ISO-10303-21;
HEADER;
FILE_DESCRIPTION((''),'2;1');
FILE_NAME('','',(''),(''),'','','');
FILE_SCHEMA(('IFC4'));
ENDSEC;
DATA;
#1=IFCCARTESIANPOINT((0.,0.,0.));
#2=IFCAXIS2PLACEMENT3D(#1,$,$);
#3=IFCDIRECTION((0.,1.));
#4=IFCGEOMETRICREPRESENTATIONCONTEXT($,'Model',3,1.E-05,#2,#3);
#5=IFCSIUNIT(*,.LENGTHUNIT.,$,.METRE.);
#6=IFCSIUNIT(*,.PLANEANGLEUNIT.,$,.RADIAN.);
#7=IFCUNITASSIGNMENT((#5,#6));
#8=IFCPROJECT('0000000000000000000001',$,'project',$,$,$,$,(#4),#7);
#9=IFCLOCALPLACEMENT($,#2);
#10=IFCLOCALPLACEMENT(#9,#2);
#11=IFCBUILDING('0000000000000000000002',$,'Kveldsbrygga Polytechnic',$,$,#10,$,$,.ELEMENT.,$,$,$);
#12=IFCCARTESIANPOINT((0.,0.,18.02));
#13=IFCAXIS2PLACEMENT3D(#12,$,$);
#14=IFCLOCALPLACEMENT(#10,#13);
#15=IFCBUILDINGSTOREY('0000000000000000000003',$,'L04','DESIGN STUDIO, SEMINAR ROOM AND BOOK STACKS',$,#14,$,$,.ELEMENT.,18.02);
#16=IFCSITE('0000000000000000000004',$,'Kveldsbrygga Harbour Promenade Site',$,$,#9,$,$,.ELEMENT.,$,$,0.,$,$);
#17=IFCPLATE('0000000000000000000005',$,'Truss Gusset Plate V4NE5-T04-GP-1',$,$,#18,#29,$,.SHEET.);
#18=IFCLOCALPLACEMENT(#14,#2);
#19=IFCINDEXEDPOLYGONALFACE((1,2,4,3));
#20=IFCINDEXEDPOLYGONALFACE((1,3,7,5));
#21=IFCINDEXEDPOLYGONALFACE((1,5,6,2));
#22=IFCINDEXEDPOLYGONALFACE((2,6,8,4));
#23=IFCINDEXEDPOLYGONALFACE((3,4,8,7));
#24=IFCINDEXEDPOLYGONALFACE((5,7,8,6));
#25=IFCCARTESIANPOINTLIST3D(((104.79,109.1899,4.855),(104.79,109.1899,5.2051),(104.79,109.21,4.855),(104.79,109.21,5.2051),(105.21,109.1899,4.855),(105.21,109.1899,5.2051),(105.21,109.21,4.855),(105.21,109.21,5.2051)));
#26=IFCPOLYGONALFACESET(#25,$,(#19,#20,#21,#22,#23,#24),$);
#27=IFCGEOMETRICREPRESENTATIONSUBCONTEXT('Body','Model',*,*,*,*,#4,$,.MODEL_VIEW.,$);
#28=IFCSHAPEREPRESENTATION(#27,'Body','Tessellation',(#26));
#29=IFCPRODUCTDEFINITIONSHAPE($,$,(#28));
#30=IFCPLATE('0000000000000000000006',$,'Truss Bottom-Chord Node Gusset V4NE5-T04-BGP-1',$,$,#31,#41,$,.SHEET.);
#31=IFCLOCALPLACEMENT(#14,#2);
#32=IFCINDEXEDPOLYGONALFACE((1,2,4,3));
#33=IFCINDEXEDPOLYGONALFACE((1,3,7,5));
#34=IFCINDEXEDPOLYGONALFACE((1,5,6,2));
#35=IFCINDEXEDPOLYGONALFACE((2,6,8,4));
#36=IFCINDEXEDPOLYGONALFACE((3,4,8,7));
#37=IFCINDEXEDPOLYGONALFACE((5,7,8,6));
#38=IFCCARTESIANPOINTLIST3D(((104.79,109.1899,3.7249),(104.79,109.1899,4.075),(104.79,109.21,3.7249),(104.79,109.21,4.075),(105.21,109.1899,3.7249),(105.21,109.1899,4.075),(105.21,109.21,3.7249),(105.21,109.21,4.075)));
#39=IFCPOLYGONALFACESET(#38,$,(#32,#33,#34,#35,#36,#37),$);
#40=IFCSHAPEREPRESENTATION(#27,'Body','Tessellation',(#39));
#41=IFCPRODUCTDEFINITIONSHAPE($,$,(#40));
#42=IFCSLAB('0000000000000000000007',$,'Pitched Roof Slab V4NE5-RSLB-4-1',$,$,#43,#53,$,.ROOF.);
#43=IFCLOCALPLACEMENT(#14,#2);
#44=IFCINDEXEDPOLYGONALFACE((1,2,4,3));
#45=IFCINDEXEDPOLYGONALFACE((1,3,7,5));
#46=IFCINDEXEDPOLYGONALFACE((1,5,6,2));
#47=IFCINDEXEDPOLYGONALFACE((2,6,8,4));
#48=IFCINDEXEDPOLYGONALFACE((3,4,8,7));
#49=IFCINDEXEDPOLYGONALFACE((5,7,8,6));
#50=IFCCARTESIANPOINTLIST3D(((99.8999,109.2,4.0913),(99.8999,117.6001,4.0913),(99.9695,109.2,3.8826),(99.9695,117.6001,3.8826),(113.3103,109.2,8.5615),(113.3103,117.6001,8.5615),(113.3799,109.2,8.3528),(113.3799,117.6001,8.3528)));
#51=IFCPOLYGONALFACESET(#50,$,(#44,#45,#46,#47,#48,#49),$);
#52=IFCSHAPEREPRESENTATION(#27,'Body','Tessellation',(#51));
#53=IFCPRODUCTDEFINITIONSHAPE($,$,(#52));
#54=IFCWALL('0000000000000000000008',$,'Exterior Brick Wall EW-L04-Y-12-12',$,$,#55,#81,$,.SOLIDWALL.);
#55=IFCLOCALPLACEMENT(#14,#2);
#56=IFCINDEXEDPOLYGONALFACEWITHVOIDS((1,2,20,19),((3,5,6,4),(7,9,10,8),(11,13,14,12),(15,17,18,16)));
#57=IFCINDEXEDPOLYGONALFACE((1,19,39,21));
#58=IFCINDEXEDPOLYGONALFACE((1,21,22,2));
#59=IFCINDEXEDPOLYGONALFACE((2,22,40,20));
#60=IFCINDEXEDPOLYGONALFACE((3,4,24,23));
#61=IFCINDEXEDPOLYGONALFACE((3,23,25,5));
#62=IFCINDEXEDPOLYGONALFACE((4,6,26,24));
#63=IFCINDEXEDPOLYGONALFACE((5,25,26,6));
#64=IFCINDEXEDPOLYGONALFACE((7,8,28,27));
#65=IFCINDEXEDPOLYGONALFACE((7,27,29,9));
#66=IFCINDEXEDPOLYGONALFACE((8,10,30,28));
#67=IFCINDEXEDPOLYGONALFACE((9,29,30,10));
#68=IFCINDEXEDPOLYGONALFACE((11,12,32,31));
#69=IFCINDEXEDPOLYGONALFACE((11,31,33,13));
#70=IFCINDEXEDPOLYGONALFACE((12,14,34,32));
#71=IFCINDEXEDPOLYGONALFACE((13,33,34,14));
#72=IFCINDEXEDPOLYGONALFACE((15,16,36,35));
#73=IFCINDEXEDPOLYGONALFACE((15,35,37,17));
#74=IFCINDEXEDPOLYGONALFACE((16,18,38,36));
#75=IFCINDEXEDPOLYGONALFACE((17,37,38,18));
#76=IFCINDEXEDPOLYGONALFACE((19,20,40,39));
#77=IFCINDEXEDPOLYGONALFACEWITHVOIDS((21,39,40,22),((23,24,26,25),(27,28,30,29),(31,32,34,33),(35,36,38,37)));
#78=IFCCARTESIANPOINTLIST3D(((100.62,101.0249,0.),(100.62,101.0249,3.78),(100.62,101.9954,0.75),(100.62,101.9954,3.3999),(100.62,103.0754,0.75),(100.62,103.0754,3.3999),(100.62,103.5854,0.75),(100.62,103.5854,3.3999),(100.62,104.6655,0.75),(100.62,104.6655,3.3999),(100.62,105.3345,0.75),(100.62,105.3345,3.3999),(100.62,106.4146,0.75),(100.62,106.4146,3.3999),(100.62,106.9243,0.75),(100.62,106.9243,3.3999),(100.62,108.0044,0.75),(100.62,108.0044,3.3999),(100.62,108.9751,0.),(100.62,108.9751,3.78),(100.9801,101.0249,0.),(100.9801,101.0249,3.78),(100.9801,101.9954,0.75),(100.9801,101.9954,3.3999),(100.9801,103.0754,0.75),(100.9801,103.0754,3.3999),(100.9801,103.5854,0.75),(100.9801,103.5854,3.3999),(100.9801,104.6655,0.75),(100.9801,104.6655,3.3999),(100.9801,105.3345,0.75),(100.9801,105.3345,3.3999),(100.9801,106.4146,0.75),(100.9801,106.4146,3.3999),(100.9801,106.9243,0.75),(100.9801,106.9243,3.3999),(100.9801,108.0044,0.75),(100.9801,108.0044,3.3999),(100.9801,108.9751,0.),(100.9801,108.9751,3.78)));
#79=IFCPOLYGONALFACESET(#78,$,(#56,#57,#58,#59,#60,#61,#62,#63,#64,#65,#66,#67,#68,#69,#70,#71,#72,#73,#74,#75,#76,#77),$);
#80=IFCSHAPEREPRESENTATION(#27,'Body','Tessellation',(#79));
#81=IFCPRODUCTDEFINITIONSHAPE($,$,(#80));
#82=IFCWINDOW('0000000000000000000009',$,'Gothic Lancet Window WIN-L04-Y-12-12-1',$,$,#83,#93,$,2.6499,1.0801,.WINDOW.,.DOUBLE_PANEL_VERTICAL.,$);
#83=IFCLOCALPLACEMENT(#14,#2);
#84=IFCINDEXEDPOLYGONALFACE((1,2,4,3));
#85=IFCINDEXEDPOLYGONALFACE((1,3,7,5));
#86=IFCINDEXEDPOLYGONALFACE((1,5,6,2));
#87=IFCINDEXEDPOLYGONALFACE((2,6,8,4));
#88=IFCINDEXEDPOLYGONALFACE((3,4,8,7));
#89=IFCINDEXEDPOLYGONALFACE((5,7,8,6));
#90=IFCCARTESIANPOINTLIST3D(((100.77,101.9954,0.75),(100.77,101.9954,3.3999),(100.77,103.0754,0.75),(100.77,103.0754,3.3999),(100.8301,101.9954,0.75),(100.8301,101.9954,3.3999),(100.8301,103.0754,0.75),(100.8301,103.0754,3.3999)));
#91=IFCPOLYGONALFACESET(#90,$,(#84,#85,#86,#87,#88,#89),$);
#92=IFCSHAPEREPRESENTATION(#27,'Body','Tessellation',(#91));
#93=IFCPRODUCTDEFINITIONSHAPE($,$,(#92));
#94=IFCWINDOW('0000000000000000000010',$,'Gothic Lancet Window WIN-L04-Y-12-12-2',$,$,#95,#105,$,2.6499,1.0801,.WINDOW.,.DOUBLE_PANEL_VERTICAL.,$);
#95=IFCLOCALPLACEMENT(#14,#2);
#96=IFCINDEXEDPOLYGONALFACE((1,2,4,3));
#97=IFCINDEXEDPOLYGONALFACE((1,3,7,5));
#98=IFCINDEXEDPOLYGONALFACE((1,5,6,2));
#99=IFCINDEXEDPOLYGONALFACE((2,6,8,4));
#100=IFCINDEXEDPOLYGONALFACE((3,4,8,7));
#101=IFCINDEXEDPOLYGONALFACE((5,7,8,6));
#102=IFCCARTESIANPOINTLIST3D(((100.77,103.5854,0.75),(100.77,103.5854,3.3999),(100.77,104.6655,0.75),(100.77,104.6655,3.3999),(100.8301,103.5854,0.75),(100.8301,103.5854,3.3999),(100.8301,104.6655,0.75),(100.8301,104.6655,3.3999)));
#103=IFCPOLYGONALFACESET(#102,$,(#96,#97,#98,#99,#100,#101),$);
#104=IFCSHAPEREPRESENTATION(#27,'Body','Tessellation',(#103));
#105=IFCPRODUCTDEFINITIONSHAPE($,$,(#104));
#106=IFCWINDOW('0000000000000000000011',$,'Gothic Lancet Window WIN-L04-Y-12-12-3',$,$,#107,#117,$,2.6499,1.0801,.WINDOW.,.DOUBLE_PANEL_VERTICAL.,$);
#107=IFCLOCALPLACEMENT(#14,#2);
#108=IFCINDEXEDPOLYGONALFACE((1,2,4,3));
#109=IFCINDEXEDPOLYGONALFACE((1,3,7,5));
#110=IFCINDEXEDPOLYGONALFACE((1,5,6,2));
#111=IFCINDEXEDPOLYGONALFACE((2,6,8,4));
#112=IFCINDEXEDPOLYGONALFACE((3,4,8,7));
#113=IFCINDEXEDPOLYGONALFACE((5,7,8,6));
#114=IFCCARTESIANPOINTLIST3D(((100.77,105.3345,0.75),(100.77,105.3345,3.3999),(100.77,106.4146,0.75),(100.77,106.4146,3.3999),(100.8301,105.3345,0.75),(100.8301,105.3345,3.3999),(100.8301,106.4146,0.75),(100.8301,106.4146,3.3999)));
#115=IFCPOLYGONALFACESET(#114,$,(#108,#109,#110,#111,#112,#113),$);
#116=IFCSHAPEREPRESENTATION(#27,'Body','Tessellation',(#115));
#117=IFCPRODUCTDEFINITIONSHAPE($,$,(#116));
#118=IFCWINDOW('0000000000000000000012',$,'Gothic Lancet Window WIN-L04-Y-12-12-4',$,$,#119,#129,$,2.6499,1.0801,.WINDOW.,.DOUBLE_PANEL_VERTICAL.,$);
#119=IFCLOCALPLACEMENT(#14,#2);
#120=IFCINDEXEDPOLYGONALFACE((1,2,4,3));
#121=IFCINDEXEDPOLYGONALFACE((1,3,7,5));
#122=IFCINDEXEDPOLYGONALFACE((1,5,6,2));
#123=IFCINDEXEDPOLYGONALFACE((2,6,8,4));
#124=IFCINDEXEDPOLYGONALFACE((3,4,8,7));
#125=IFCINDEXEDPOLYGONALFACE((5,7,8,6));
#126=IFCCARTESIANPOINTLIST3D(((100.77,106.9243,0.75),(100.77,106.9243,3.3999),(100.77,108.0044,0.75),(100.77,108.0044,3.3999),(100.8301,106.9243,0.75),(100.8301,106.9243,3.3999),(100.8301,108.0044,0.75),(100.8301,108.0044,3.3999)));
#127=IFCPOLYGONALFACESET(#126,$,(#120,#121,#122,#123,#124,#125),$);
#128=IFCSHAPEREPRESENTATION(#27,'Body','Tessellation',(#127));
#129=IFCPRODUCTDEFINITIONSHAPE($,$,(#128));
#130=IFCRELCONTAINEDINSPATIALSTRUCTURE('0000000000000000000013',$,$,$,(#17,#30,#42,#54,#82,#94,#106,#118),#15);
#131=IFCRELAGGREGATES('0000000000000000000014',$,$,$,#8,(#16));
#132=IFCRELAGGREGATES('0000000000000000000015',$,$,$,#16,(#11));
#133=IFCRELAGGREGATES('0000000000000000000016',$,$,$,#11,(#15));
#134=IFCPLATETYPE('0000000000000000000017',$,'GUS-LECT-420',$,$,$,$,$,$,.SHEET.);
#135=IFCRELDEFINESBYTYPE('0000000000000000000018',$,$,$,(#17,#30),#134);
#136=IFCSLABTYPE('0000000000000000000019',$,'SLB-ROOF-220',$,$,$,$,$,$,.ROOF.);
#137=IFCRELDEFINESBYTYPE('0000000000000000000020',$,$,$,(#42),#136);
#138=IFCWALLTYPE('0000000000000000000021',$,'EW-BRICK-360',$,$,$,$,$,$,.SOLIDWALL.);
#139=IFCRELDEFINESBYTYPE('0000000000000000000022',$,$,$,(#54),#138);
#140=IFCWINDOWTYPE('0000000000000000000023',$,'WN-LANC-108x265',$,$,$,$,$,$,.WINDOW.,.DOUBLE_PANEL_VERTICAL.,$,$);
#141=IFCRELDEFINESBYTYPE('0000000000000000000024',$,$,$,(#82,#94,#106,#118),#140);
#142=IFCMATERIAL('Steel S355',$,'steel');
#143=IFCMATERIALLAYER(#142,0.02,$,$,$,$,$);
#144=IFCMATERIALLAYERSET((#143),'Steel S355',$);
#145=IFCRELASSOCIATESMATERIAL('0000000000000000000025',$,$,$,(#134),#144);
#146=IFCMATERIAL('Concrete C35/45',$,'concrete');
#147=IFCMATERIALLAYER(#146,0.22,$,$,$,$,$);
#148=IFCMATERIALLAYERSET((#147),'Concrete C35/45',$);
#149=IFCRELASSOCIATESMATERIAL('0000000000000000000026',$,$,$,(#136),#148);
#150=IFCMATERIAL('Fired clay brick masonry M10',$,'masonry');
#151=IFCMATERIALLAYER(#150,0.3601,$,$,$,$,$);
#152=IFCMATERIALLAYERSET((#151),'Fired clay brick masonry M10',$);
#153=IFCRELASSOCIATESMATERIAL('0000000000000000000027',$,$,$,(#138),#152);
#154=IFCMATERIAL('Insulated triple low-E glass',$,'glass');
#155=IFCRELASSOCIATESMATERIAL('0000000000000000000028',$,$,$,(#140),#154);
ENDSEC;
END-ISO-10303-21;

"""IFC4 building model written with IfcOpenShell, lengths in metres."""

from ifc_helpers import new_model, si_unit, direction, frame, frame_2d, origin, origin_2d, place, context, subcontext, project, spatial, polyline, rectangle, outline, extrude, material, layer, layer_set, type_object, element, fill, save


model = new_model("IFC4")

# Units and contexts
model_context = context("Model", 3, precision=1e-05, world=origin(), true_north=direction((0.0, 1.0)))
body_context = subcontext(model_context, "Body", "Model", "MODEL_VIEW")
ifc_project = project(units=[si_unit("LENGTHUNIT", "METRE"), si_unit("PLANEANGLEUNIT", "RADIAN")], contexts=[model_context])

# Site, building, storey
site_placement = place(None, origin())
site = spatial("IfcSite", under=ifc_project, at=site_placement, Name="Kveldsbrygga Harbour Promenade Site", CompositionType="ELEMENT", RefElevation=0.0)
building_placement = place(site_placement, origin())
building = spatial("IfcBuilding", under=site, at=building_placement, Name="Kveldsbrygga Polytechnic", CompositionType="ELEMENT")
storey_placement = place(building_placement, frame((0.0, 0.0, 18.02)))
storey = spatial("IfcBuildingStorey", under=building, at=storey_placement, Name="L04", Description="DESIGN STUDIO, SEMINAR ROOM AND BOOK STACKS", CompositionType="ELEMENT", Elevation=18.02)

# Shared definitions
ifc_material_1 = material(Name="Steel S355", Category="steel")

# Plates
ifc_layer_1 = layer(ifc_material_1, 0.02)
ifc_layer_set_1 = layer_set([ifc_layer_1], Name="Steel S355")
plate_type_1 = type_object("IfcPlateType", Name="GUS-LECT-420", PredefinedType="SHEET", material=ifc_layer_set_1)
for number, where, z_axis, x_axis, name in (
    (1, (105.0, 109.2, 4.855), (0.0, 0.0, 1.0), (1.0, 0.0, 0.0), "Truss Gusset Plate V4NE5-T04-GP-1"),
    (2, (105.0, 109.2, 3.7249), (0.0, 0.0, 1.0), (1.0, 0.0, 0.0), "Truss Bottom-Chord Node Gusset V4NE5-T04-BGP-1"),
):
    element("IfcPlate", number, at=place(storey_placement, frame(where, z_axis=z_axis, x_axis=x_axis)), inside=storey, type_object=plate_type_1, Name=name, PredefinedType="SHEET", context=body_context, shape_type="SweptSolid", body=[
        extrude(rectangle(XDim=0.4199, YDim=0.02, at=origin_2d()), origin(), (0.0, 0.0, 1.0), 0.3501),
    ])

# Slab
ifc_material_2 = material(Name="Concrete C35/45", Category="concrete")
ifc_layer_2 = layer(ifc_material_2, 0.22)
ifc_layer_set_2 = layer_set([ifc_layer_2], Name="Concrete C35/45")
slab_type = type_object("IfcSlabType", Name="SLB-ROOF-220", PredefinedType="ROOF", material=ifc_layer_set_2)
slab_placement = place(storey_placement, frame((99.8999, 109.2, 4.0913), z_axis=(-0.316233, 0.0, 0.948682), x_axis=(0.948682, 0.0, 0.316233)))
element("IfcSlab", 3, at=slab_placement, inside=storey, type_object=slab_type, Name="Pitched Roof Slab V4NE5-RSLB-4-1", PredefinedType="ROOF", context=body_context, shape_type="SweptSolid", body=[
    extrude(outline(polyline([(0.0, 0.0), (14.1358, 0.0), (14.1358, 8.4001), (0.0, 8.4001), (0.0, 0.0)])), origin(), (0.0, 0.0, -1.0), 0.22),
])

# Wall, openings, windows
ifc_material_3 = material(Name="Fired clay brick masonry M10", Category="masonry")
ifc_layer_3 = layer(ifc_material_3, 0.3601)
ifc_layer_set_3 = layer_set([ifc_layer_3], Name="Fired clay brick masonry M10")
wall_type = type_object("IfcWallType", Name="EW-BRICK-360", PredefinedType="SOLIDWALL", material=ifc_layer_set_3)
wall_placement = place(storey_placement, frame((100.8, 101.0249, 0.0), z_axis=(0.0, 0.0, 1.0), x_axis=(0.0, 1.0, 0.0)))
wall = element("IfcWall", 4, at=wall_placement, inside=storey, type_object=wall_type, Name="Exterior Brick Wall EW-L04-Y-12-12", PredefinedType="SOLIDWALL", context=body_context, shape_type="SweptSolid", body=[
    extrude(rectangle(XDim=7.9502, YDim=0.3601, at=frame_2d((3.9751, 0.0))), origin(), (0.0, 0.0, 1.0), 3.78),
])
opening_1_placement = place(wall_placement, frame((0.9705, 0.0, 0.75)))
opening_1 = element("IfcOpeningElement", 5, at=opening_1_placement, cuts=wall, PredefinedType="OPENING", context=body_context, shape_type="SweptSolid", body=[
    extrude(rectangle(XDim=1.0801, YDim=2.6499, at=frame_2d((0.54, 1.325))), frame((0.0, 0.1899, 0.0), z_axis=(0.0, -1.0, 0.0), x_axis=(1.0, 0.0, 0.0)), (0.0, 0.0, 1.0), 0.3801),
])
opening_2_placement = place(wall_placement, frame((2.5605, 0.0, 0.75)))
opening_2 = element("IfcOpeningElement", 6, at=opening_2_placement, cuts=wall, PredefinedType="OPENING", context=body_context, shape_type="SweptSolid", body=[
    extrude(rectangle(XDim=1.0801, YDim=2.6499, at=frame_2d((0.54, 1.325))), frame((0.0, 0.1899, 0.0), z_axis=(0.0, -1.0, 0.0), x_axis=(1.0, 0.0, 0.0)), (0.0, 0.0, 1.0), 0.3801),
])
opening_3_placement = place(wall_placement, frame((4.3096, 0.0, 0.75)))
opening_3 = element("IfcOpeningElement", 7, at=opening_3_placement, cuts=wall, PredefinedType="OPENING", context=body_context, shape_type="SweptSolid", body=[
    extrude(rectangle(XDim=1.0801, YDim=2.6499, at=frame_2d((0.54, 1.325))), frame((0.0, 0.1899, 0.0), z_axis=(0.0, -1.0, 0.0), x_axis=(1.0, 0.0, 0.0)), (0.0, 0.0, 1.0), 0.3801),
])
opening_4_placement = place(wall_placement, frame((5.8994, 0.0, 0.75)))
opening_4 = element("IfcOpeningElement", 8, at=opening_4_placement, cuts=wall, PredefinedType="OPENING", context=body_context, shape_type="SweptSolid", body=[
    extrude(rectangle(XDim=1.0801, YDim=2.6499, at=frame_2d((0.54, 1.325))), frame((0.0, 0.1899, 0.0), z_axis=(0.0, -1.0, 0.0), x_axis=(1.0, 0.0, 0.0)), (0.0, 0.0, 1.0), 0.3801),
])
ifc_material_4 = material(Name="Insulated triple low-E glass", Category="glass")
window_type = type_object("IfcWindowType", Name="WN-LANC-108x265", PartitioningType="DOUBLE_PANEL_VERTICAL", PredefinedType="WINDOW", material=ifc_material_4)
window_1_placement = place(opening_1_placement, origin())
window_1 = element("IfcWindow", 9, at=window_1_placement, inside=storey, type_object=window_type, Name="Gothic Lancet Window WIN-L04-Y-12-12-1", OverallHeight=2.6499, OverallWidth=1.0801, PartitioningType="DOUBLE_PANEL_VERTICAL", PredefinedType="WINDOW", context=body_context, shape_type="SweptSolid", body=[
    extrude(rectangle(XDim=1.0801, YDim=2.6499, at=frame_2d((0.54, 1.325))), frame((0.0, 0.03, 0.0), z_axis=(0.0, -1.0, 0.0), x_axis=(1.0, 0.0, 0.0)), (0.0, 0.0, 1.0), 0.0601),
])
fill(opening_1, window_1)
window_2_placement = place(opening_2_placement, origin())
window_2 = element("IfcWindow", 10, at=window_2_placement, inside=storey, type_object=window_type, Name="Gothic Lancet Window WIN-L04-Y-12-12-2", OverallHeight=2.6499, OverallWidth=1.0801, PartitioningType="DOUBLE_PANEL_VERTICAL", PredefinedType="WINDOW", context=body_context, shape_type="SweptSolid", body=[
    extrude(rectangle(XDim=1.0801, YDim=2.6499, at=frame_2d((0.54, 1.325))), frame((0.0, 0.03, 0.0), z_axis=(0.0, -1.0, 0.0), x_axis=(1.0, 0.0, 0.0)), (0.0, 0.0, 1.0), 0.0601),
])
fill(opening_2, window_2)
window_3_placement = place(opening_3_placement, origin())
window_3 = element("IfcWindow", 11, at=window_3_placement, inside=storey, type_object=window_type, Name="Gothic Lancet Window WIN-L04-Y-12-12-3", OverallHeight=2.6499, OverallWidth=1.0801, PartitioningType="DOUBLE_PANEL_VERTICAL", PredefinedType="WINDOW", context=body_context, shape_type="SweptSolid", body=[
    extrude(rectangle(XDim=1.0801, YDim=2.6499, at=frame_2d((0.54, 1.325))), frame((0.0, 0.03, 0.0), z_axis=(0.0, -1.0, 0.0), x_axis=(1.0, 0.0, 0.0)), (0.0, 0.0, 1.0), 0.0601),
])
fill(opening_3, window_3)
window_4_placement = place(opening_4_placement, origin())
window_4 = element("IfcWindow", 12, at=window_4_placement, inside=storey, type_object=window_type, Name="Gothic Lancet Window WIN-L04-Y-12-12-4", OverallHeight=2.6499, OverallWidth=1.0801, PartitioningType="DOUBLE_PANEL_VERTICAL", PredefinedType="WINDOW", context=body_context, shape_type="SweptSolid", body=[
    extrude(rectangle(XDim=1.0801, YDim=2.6499, at=frame_2d((0.54, 1.325))), frame((0.0, 0.03, 0.0), z_axis=(0.0, -1.0, 0.0), x_axis=(1.0, 0.0, 0.0)), (0.0, 0.0, 1.0), 0.0601),
])
fill(opening_4, window_4)

save(model, "model.ifc")
